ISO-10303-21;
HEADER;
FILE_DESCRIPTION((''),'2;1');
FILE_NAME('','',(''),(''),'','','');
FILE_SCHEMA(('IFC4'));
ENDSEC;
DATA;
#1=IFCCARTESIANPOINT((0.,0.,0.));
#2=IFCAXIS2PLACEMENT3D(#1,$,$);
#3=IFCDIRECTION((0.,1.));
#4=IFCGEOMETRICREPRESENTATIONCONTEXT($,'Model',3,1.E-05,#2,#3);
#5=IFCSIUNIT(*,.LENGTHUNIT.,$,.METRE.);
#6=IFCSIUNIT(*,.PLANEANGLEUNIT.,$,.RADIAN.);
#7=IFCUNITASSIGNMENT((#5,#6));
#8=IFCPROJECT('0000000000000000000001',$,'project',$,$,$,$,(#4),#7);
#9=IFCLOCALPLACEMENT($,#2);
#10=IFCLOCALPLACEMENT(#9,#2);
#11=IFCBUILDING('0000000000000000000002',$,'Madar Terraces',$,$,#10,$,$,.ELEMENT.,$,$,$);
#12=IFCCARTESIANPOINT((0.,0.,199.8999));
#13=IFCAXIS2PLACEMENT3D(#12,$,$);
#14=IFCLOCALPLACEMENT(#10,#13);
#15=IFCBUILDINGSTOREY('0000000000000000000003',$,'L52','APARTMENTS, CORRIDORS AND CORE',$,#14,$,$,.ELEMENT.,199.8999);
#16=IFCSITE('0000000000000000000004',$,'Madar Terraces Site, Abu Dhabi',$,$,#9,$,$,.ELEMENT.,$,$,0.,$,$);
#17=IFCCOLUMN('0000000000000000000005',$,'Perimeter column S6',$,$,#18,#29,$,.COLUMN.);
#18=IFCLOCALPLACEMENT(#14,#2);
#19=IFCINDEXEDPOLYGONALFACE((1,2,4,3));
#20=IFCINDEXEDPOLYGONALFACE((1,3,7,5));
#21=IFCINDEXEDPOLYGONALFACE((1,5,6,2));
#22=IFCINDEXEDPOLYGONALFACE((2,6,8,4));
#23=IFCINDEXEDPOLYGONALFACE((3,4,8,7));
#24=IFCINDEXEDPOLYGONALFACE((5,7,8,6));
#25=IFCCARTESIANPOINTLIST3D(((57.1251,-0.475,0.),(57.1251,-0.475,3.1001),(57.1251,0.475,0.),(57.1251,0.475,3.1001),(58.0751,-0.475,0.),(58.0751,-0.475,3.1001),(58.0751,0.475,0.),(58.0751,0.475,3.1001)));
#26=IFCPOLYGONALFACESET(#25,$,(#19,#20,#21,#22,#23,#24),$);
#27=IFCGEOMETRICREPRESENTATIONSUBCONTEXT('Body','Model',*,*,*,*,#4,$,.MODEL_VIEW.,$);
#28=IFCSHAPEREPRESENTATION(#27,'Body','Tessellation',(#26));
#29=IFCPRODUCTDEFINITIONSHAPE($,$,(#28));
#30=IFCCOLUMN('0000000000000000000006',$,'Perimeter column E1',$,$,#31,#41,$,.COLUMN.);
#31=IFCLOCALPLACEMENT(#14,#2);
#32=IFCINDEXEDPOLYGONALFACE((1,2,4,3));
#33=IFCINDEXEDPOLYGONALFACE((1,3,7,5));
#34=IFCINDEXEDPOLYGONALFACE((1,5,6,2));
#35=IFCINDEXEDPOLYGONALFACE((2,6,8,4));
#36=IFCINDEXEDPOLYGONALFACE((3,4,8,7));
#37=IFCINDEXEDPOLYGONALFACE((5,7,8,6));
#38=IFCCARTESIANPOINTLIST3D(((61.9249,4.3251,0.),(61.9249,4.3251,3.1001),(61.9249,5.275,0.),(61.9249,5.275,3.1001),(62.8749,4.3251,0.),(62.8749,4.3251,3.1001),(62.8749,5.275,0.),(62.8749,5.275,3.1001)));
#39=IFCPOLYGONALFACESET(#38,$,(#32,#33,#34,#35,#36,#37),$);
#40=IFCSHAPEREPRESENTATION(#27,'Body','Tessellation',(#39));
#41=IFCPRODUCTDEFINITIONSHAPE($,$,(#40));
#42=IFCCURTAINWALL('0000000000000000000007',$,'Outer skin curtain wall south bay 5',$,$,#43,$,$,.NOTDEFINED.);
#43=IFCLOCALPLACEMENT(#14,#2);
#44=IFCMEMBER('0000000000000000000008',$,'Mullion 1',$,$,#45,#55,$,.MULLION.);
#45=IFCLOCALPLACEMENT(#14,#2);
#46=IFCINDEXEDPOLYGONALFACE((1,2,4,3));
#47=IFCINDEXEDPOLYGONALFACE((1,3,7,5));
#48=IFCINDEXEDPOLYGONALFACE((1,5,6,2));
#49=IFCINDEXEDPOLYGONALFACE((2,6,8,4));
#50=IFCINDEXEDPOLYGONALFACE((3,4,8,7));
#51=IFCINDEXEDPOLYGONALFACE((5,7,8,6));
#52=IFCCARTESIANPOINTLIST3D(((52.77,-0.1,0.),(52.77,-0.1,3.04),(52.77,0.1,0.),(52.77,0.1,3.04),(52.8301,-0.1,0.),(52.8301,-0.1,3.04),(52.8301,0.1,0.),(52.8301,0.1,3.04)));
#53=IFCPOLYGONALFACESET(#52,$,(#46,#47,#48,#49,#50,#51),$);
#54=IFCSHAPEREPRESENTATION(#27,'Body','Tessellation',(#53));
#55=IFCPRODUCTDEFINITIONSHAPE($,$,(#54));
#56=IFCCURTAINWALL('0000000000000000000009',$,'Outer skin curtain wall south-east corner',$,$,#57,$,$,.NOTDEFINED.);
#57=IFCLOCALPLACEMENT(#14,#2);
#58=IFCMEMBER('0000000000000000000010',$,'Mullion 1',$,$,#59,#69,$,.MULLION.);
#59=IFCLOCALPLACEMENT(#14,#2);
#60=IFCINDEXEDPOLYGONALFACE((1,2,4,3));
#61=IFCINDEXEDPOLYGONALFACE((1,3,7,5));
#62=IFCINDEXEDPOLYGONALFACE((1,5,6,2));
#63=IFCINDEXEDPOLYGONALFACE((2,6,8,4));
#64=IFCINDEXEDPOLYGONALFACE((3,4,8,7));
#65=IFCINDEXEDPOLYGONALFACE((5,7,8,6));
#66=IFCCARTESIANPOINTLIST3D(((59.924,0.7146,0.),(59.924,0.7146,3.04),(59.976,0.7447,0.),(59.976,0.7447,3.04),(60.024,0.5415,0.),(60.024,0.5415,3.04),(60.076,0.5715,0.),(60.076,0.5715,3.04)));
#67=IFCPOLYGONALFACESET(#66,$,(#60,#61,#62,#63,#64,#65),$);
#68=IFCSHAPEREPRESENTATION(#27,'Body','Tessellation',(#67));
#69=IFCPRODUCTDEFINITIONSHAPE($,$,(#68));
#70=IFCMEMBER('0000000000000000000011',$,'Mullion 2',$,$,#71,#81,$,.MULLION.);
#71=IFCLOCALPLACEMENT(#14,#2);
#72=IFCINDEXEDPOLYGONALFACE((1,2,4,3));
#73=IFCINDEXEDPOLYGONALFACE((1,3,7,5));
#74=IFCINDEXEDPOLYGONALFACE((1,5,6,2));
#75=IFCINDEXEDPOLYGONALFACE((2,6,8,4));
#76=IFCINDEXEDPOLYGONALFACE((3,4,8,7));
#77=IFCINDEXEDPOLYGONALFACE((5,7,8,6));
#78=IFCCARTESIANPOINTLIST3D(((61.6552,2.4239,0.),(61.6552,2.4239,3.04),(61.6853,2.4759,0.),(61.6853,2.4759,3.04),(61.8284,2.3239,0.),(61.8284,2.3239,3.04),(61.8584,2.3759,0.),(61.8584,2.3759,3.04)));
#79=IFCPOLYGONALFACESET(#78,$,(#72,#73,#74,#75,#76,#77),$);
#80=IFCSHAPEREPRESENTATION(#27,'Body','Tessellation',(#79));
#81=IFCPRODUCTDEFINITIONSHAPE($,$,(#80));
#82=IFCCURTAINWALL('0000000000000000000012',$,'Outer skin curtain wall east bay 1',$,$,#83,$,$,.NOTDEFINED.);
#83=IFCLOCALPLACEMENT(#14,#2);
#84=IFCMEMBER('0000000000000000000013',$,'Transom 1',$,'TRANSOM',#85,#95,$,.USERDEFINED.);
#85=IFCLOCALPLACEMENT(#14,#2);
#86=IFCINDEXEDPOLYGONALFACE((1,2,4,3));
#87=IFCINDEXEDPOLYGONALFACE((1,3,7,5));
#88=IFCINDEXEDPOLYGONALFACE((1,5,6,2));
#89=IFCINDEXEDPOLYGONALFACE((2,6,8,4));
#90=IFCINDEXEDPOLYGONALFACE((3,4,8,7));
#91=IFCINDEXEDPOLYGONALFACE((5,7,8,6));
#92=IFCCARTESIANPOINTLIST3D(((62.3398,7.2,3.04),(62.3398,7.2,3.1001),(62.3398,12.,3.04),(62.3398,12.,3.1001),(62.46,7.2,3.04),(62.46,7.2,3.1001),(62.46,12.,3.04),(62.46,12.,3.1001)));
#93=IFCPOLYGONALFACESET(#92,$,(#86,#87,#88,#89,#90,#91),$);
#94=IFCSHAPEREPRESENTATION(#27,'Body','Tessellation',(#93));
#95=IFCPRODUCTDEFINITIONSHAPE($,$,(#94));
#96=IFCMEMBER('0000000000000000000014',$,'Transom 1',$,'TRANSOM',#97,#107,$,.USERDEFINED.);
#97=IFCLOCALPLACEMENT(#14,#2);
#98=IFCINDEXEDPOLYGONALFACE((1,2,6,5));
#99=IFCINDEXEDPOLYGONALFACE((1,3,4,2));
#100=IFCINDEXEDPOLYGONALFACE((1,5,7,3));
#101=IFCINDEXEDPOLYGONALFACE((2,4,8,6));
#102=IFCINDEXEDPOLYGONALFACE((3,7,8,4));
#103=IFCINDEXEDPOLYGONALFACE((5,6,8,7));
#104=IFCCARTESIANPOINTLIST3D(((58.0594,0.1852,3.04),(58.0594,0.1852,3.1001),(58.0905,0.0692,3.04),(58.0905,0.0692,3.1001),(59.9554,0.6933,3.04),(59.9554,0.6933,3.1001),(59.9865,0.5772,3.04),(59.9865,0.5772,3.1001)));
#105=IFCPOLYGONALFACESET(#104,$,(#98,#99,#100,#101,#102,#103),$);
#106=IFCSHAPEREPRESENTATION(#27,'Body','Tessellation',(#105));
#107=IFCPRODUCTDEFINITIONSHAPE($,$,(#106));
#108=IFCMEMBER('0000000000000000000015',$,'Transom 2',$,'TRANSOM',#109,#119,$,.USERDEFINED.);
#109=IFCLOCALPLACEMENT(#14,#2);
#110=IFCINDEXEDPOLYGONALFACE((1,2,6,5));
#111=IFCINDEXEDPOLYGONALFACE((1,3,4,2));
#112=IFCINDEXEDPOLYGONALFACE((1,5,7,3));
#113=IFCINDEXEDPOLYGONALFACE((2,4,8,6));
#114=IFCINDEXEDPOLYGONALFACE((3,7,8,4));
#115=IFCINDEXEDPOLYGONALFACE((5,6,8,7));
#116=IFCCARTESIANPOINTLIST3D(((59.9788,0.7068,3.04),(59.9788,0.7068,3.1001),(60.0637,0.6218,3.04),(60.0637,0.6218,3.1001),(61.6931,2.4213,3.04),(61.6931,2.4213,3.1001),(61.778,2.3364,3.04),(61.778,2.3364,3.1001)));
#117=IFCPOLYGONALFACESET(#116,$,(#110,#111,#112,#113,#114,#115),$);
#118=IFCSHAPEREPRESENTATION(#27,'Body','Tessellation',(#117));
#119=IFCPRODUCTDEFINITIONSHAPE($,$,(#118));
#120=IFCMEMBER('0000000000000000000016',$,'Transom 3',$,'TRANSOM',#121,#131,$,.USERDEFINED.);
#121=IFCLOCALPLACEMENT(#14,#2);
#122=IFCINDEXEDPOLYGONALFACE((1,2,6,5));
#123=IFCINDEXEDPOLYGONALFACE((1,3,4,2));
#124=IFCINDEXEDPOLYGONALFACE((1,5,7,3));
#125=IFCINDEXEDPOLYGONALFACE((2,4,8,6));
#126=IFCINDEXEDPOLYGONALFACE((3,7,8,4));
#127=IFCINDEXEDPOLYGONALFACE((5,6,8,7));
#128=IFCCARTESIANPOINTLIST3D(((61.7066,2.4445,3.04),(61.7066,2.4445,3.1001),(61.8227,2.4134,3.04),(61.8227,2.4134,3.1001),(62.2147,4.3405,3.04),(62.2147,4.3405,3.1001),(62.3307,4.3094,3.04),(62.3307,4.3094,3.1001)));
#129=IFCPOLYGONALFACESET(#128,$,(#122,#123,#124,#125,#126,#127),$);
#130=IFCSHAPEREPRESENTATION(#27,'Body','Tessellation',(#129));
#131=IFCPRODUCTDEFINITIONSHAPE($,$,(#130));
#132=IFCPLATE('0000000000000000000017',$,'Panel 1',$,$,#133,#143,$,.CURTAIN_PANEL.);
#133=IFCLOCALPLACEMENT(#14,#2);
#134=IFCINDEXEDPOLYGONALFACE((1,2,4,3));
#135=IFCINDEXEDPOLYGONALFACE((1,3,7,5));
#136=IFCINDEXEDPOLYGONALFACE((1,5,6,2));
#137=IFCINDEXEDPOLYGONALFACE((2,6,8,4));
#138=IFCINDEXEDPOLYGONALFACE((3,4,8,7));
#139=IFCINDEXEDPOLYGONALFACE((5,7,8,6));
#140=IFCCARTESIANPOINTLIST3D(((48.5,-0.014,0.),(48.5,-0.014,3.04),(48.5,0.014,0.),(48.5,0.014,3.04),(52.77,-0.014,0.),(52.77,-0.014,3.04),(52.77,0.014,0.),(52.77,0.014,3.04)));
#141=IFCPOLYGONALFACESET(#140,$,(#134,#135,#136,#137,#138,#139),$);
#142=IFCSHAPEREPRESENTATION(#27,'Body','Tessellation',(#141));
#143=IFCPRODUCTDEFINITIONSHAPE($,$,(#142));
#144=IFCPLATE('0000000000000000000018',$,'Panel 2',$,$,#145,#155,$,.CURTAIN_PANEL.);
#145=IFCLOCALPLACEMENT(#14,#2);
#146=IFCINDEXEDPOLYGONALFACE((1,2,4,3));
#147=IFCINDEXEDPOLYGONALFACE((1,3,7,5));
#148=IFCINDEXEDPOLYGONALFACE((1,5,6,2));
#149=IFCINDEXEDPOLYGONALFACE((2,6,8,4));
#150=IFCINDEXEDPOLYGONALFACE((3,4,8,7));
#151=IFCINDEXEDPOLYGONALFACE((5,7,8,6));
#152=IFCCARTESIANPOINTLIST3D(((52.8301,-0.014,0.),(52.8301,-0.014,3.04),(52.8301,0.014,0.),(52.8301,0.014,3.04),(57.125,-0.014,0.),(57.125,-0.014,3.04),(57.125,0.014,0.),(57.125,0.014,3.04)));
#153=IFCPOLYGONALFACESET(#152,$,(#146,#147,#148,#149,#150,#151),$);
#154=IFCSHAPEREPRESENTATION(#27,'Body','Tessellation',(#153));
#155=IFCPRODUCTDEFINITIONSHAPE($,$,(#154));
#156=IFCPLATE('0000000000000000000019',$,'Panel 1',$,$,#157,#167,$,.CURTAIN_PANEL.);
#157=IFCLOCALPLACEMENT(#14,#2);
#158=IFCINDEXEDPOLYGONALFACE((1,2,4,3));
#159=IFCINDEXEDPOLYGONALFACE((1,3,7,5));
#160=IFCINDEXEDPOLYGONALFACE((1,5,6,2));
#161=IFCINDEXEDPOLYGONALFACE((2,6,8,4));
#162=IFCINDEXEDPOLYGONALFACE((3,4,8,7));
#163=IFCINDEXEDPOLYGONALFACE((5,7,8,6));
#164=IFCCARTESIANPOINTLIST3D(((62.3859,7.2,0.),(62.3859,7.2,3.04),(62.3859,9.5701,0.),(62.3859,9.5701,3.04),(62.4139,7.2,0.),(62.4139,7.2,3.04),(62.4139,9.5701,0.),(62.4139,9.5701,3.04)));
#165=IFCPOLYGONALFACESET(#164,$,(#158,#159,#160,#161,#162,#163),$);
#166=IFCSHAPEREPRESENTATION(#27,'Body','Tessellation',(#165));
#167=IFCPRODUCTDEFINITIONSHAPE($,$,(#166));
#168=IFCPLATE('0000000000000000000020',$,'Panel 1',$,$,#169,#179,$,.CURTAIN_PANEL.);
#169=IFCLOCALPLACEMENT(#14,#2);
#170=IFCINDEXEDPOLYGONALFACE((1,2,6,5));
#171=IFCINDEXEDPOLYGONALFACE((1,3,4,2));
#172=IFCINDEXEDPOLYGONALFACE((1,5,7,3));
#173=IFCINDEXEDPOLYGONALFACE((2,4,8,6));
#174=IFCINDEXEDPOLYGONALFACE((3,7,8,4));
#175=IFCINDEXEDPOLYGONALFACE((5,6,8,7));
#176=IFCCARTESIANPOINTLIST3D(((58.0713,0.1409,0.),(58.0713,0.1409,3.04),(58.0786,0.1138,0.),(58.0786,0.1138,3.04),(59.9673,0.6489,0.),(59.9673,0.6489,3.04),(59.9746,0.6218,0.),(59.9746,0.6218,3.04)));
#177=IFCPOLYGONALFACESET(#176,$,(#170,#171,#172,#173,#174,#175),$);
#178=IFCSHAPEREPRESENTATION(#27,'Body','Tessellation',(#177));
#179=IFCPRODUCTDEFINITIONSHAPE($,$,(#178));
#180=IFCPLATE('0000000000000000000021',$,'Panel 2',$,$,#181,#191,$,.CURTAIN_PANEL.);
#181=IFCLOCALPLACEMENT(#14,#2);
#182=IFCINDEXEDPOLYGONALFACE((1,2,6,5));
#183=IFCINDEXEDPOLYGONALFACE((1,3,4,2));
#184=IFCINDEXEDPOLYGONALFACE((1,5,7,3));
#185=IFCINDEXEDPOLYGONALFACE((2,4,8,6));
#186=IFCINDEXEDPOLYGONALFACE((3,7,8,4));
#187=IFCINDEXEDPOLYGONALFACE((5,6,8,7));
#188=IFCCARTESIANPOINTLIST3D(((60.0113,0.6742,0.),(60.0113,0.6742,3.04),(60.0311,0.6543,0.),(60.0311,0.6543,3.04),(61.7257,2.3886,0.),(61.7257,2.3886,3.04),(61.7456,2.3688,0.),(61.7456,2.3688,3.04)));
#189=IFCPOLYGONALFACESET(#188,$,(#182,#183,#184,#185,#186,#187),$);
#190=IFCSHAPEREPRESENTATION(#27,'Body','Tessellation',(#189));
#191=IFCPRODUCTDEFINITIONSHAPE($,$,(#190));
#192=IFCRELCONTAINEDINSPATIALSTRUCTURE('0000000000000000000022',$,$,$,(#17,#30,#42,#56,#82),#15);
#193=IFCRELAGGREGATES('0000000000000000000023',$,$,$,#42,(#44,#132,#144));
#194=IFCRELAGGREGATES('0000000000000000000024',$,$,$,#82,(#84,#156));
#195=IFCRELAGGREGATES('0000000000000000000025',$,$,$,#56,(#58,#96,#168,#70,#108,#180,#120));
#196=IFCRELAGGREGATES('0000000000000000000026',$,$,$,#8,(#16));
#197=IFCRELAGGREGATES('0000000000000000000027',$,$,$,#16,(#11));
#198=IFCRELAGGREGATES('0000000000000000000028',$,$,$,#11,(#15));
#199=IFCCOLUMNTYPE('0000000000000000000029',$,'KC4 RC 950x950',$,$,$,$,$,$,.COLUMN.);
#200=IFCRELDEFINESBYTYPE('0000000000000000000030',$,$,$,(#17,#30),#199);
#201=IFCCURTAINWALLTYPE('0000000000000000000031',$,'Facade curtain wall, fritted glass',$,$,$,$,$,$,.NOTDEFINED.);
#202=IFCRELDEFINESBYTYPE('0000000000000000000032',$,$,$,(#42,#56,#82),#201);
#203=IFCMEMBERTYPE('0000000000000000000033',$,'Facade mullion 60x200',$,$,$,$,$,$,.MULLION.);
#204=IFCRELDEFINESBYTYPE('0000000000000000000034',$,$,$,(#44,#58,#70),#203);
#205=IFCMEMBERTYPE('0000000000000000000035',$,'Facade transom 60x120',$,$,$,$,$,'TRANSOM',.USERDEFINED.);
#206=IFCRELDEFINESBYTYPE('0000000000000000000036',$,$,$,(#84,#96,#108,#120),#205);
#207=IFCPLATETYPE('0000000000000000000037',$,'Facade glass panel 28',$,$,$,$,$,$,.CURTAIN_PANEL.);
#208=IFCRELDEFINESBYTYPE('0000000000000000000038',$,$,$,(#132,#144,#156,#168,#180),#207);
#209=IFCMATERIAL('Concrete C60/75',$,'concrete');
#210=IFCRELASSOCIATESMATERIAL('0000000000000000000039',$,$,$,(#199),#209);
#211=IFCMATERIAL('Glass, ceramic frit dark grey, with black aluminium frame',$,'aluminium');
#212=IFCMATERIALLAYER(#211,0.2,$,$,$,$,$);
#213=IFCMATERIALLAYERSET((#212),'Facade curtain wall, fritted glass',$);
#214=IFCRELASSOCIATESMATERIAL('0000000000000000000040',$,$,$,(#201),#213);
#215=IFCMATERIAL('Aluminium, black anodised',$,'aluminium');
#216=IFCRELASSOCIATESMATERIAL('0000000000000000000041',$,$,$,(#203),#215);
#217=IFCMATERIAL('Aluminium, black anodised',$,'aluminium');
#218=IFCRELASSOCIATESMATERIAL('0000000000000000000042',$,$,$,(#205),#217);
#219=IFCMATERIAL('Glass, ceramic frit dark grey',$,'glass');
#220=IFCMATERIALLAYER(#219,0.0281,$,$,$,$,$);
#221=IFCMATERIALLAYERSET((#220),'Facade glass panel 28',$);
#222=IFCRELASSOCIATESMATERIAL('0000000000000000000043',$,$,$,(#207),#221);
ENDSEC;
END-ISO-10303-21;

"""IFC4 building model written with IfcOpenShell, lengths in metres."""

from ifc_helpers import new_model, si_unit, direction, frame, origin, origin_2d, place, context, subcontext, project, spatial, rectangle, extrude, material, layer, layer_set, material_profile, profile_set, type_object, element, aggregate, save


model = new_model("IFC4")

# Units and contexts
model_context = context("Model", 3, precision=1e-05, world=origin(), true_north=direction((0.0, 1.0)))
body_context = subcontext(model_context, "Body", "Model", "MODEL_VIEW")
ifc_project = project(units=[si_unit("LENGTHUNIT", "METRE"), si_unit("PLANEANGLEUNIT", "RADIAN")], contexts=[model_context])

# Site, building, storey
site_placement = place(None, origin())
site = spatial("IfcSite", under=ifc_project, at=site_placement, Name="Madar Terraces Site, Abu Dhabi", CompositionType="ELEMENT", RefElevation=0.0)
building_placement = place(site_placement, origin())
building = spatial("IfcBuilding", under=site, at=building_placement, Name="Madar Terraces", CompositionType="ELEMENT")
storey_placement = place(building_placement, frame((0.0, 0.0, 199.8999)))
storey = spatial("IfcBuildingStorey", under=building, at=storey_placement, Name="L52", Description="APARTMENTS, CORRIDORS AND CORE", CompositionType="ELEMENT", Elevation=199.8999)

# Columns
ifc_material_1 = material(Name="Concrete C60/75", Category="concrete")
ifc_material_profile_1 = material_profile(ifc_material_1, rectangle(XDim=0.95, YDim=0.95, at=origin_2d()), Name="KC4 RC 950x950")
ifc_profile_set_1 = profile_set([ifc_material_profile_1], Name="Concrete C60/75")
column_type = type_object("IfcColumnType", Name="KC4 RC 950x950", PredefinedType="COLUMN", material=ifc_profile_set_1)
for number, where, z_axis, x_axis, name in (
    (1, (57.6001, 0.0, 0.0), (0.0, 0.0, 1.0), (1.0, 0.0, 0.0), "Perimeter column S6"),
    (2, (62.3999, 4.8, 0.0), (0.0, 0.0, 1.0), (1.0, 0.0, 0.0), "Perimeter column E1"),
):
    element("IfcColumn", number, at=place(storey_placement, frame(where, z_axis=z_axis, x_axis=x_axis)), inside=storey, type_object=column_type, Name=name, PredefinedType="COLUMN", context=body_context, shape_type="SweptSolid", body=[
        extrude(rectangle(XDim=0.95, YDim=0.95, at=origin_2d()), origin(), (0.0, 0.0, 1.0), 3.1001),
    ])

# Curtain wall, member
ifc_material_2 = material(Name="Glass, ceramic frit dark grey, with black aluminium frame", Category="aluminium")
ifc_layer_1 = layer(ifc_material_2, 0.2)
ifc_layer_set_1 = layer_set([ifc_layer_1], Name="Facade curtain wall, fritted glass")
curtain_wall_type = type_object("IfcCurtainWallType", Name="Facade curtain wall, fritted glass", PredefinedType="NOTDEFINED", material=ifc_layer_set_1)
curtain_wall_1_placement = place(storey_placement, origin())
curtain_wall_1 = element("IfcCurtainWall", 3, at=curtain_wall_1_placement, inside=storey, type_object=curtain_wall_type, Name="Outer skin curtain wall south bay 5", PredefinedType="NOTDEFINED")
ifc_material_3 = material(Name="Aluminium, black anodised", Category="aluminium")
ifc_material_profile_2 = material_profile(ifc_material_3, rectangle(XDim=0.2, YDim=0.0601, at=origin_2d()), Name="Facade mullion 60x200")
ifc_profile_set_2 = profile_set([ifc_material_profile_2], Name="Aluminium, black anodised")
member_type_1 = type_object("IfcMemberType", Name="Facade mullion 60x200", PredefinedType="MULLION", material=ifc_profile_set_2)
member_1_placement = place(storey_placement, frame((52.8, 0.0, 0.0), z_axis=(0.0, 0.0, 1.0), x_axis=(0.0, 1.0, 0.0)))
member_1 = element("IfcMember", 4, at=member_1_placement, type_object=member_type_1, Name="Mullion 1", PredefinedType="MULLION", context=body_context, shape_type="SweptSolid", body=[
    extrude(rectangle(XDim=0.2, YDim=0.0601, at=origin_2d()), origin(), (0.0, 0.0, 1.0), 3.04),
])

# Curtain wall, members
curtain_wall_2_placement = place(storey_placement, origin())
curtain_wall_2 = element("IfcCurtainWall", 5, at=curtain_wall_2_placement, inside=storey, type_object=curtain_wall_type, Name="Outer skin curtain wall south-east corner", PredefinedType="NOTDEFINED")
member_2_placement = place(storey_placement, frame((60.0, 0.6431, 0.0), z_axis=(0.0, 0.0, 1.0), x_axis=(-0.5, 0.866025, 0.0)))
member_2 = element("IfcMember", 6, at=member_2_placement, type_object=member_type_1, Name="Mullion 1", PredefinedType="MULLION", context=body_context, shape_type="SweptSolid", body=[
    extrude(rectangle(XDim=0.2, YDim=0.0601, at=origin_2d()), origin(), (0.0, 0.0, 1.0), 3.04),
])
member_3_placement = place(storey_placement, frame((61.7568, 2.3999, 0.0), z_axis=(0.0, 0.0, 1.0), x_axis=(-0.866025, 0.5, 0.0)))
member_3 = element("IfcMember", 7, at=member_3_placement, type_object=member_type_1, Name="Mullion 2", PredefinedType="MULLION", context=body_context, shape_type="SweptSolid", body=[
    extrude(rectangle(XDim=0.2, YDim=0.0601, at=origin_2d()), origin(), (0.0, 0.0, 1.0), 3.04),
])

# Curtain wall, member
curtain_wall_3_placement = place(storey_placement, origin())
curtain_wall_3 = element("IfcCurtainWall", 8, at=curtain_wall_3_placement, inside=storey, type_object=curtain_wall_type, Name="Outer skin curtain wall east bay 1", PredefinedType="NOTDEFINED")
ifc_material_4 = material(Name="Aluminium, black anodised", Category="aluminium")
ifc_material_profile_3 = material_profile(ifc_material_4, rectangle(XDim=0.1201, YDim=0.0601, at=origin_2d()), Name="Facade transom 60x120")
ifc_profile_set_3 = profile_set([ifc_material_profile_3], Name="Aluminium, black anodised")
member_type_2 = type_object("IfcMemberType", Name="Facade transom 60x120", ElementType="TRANSOM", PredefinedType="USERDEFINED", material=ifc_profile_set_3)
member_4_placement = place(storey_placement, frame((62.3999, 7.2, 3.0701), z_axis=(0.0, 1.0, 0.0), x_axis=(-1.0, 0.0, 0.0)))
member_4 = element("IfcMember", 9, at=member_4_placement, type_object=member_type_2, Name="Transom 1", ObjectType="TRANSOM", PredefinedType="USERDEFINED", context=body_context, shape_type="SweptSolid", body=[
    extrude(rectangle(XDim=0.1201, YDim=0.0601, at=origin_2d()), origin(), (0.0, 0.0, 1.0), 4.8),
])

# Members
member_5_placement = place(storey_placement, frame((58.075, 0.1272, 3.0701), z_axis=(0.965923, 0.258831, 0.0), x_axis=(-0.258831, 0.965923, 0.0)))
member_5 = element("IfcMember", 10, at=member_5_placement, type_object=member_type_2, Name="Transom 1", ObjectType="TRANSOM", PredefinedType="USERDEFINED", context=body_context, shape_type="SweptSolid", body=[
    extrude(rectangle(XDim=0.1201, YDim=0.0601, at=origin_2d()), origin(), (0.0, 0.0, 1.0), 1.9629),
])
member_6_placement = place(storey_placement, frame((60.0212, 0.6643, 3.0701), z_axis=(0.707056, 0.707157, 0.0), x_axis=(-0.707157, 0.707056, 0.0)))
member_6 = element("IfcMember", 11, at=member_6_placement, type_object=member_type_2, Name="Transom 2", ObjectType="TRANSOM", PredefinedType="USERDEFINED", context=body_context, shape_type="SweptSolid", body=[
    extrude(rectangle(XDim=0.1201, YDim=0.0601, at=origin_2d()), origin(), (0.0, 0.0, 1.0), 2.4246),
])
member_7_placement = place(storey_placement, frame((61.7646, 2.429, 3.0701), z_axis=(0.258831, 0.965923, 0.0), x_axis=(-0.965923, 0.258831, 0.0)))
member_7 = element("IfcMember", 12, at=member_7_placement, type_object=member_type_2, Name="Transom 3", ObjectType="TRANSOM", PredefinedType="USERDEFINED", context=body_context, shape_type="SweptSolid", body=[
    extrude(rectangle(XDim=0.1201, YDim=0.0601, at=origin_2d()), origin(), (0.0, 0.0, 1.0), 1.9629),
])

# Plates
ifc_material_5 = material(Name="Glass, ceramic frit dark grey", Category="glass")
ifc_layer_2 = layer(ifc_material_5, 0.0281)
ifc_layer_set_2 = layer_set([ifc_layer_2], Name="Facade glass panel 28")
plate_type = type_object("IfcPlateType", Name="Facade glass panel 28", PredefinedType="CURTAIN_PANEL", material=ifc_layer_set_2)
plate_1_placement = place(storey_placement, frame((50.635, 0.0, 0.0), z_axis=(0.0, 0.0, 1.0), x_axis=(1.0, 0.0, 0.0)))
plate_1 = element("IfcPlate", 13, at=plate_1_placement, type_object=plate_type, Name="Panel 1", PredefinedType="CURTAIN_PANEL", context=body_context, shape_type="SweptSolid", body=[
    extrude(rectangle(XDim=4.27, YDim=0.0281, at=origin_2d()), origin(), (0.0, 0.0, 1.0), 3.04),
])
plate_2_placement = place(storey_placement, frame((54.9775, 0.0, 0.0), z_axis=(0.0, 0.0, 1.0), x_axis=(1.0, 0.0, 0.0)))
plate_2 = element("IfcPlate", 14, at=plate_2_placement, type_object=plate_type, Name="Panel 2", PredefinedType="CURTAIN_PANEL", context=body_context, shape_type="SweptSolid", body=[
    extrude(rectangle(XDim=4.2949, YDim=0.0281, at=origin_2d()), origin(), (0.0, 0.0, 1.0), 3.04),
])
aggregate(curtain_wall_1, [member_1, plate_1, plate_2])
plate_3_placement = place(storey_placement, frame((62.3999, 8.385, 0.0), z_axis=(0.0, 0.0, 1.0), x_axis=(0.0, 1.0, 0.0)))
plate_3 = element("IfcPlate", 15, at=plate_3_placement, type_object=plate_type, Name="Panel 1", PredefinedType="CURTAIN_PANEL", context=body_context, shape_type="SweptSolid", body=[
    extrude(rectangle(XDim=2.3701, YDim=0.0281, at=origin_2d()), origin(), (0.0, 0.0, 1.0), 3.04),
])
aggregate(curtain_wall_3, [member_4, plate_3])
plate_4_placement = place(storey_placement, frame((59.0229, 0.3813, 0.0), z_axis=(0.0, 0.0, 1.0), x_axis=(0.965926, 0.258819, 0.0)))
plate_4 = element("IfcPlate", 16, at=plate_4_placement, type_object=plate_type, Name="Panel 1", PredefinedType="CURTAIN_PANEL", context=body_context, shape_type="SweptSolid", body=[
    extrude(rectangle(XDim=1.9629, YDim=0.0281, at=origin_2d()), origin(), (0.0, 0.0, 1.0), 3.04),
])
plate_5_placement = place(storey_placement, frame((60.8784, 1.5215, 0.0), z_axis=(0.0, 0.0, 1.0), x_axis=(0.707107, 0.707107, 0.0)))
plate_5 = element("IfcPlate", 17, at=plate_5_placement, type_object=plate_type, Name="Panel 2", PredefinedType="CURTAIN_PANEL", context=body_context, shape_type="SweptSolid", body=[
    extrude(rectangle(XDim=2.4246, YDim=0.0281, at=origin_2d()), origin(), (0.0, 0.0, 1.0), 3.04),
])
aggregate(curtain_wall_2, [member_2, member_5, plate_4, member_3, member_6, plate_5, member_7])

save(model, "model.ifc")
